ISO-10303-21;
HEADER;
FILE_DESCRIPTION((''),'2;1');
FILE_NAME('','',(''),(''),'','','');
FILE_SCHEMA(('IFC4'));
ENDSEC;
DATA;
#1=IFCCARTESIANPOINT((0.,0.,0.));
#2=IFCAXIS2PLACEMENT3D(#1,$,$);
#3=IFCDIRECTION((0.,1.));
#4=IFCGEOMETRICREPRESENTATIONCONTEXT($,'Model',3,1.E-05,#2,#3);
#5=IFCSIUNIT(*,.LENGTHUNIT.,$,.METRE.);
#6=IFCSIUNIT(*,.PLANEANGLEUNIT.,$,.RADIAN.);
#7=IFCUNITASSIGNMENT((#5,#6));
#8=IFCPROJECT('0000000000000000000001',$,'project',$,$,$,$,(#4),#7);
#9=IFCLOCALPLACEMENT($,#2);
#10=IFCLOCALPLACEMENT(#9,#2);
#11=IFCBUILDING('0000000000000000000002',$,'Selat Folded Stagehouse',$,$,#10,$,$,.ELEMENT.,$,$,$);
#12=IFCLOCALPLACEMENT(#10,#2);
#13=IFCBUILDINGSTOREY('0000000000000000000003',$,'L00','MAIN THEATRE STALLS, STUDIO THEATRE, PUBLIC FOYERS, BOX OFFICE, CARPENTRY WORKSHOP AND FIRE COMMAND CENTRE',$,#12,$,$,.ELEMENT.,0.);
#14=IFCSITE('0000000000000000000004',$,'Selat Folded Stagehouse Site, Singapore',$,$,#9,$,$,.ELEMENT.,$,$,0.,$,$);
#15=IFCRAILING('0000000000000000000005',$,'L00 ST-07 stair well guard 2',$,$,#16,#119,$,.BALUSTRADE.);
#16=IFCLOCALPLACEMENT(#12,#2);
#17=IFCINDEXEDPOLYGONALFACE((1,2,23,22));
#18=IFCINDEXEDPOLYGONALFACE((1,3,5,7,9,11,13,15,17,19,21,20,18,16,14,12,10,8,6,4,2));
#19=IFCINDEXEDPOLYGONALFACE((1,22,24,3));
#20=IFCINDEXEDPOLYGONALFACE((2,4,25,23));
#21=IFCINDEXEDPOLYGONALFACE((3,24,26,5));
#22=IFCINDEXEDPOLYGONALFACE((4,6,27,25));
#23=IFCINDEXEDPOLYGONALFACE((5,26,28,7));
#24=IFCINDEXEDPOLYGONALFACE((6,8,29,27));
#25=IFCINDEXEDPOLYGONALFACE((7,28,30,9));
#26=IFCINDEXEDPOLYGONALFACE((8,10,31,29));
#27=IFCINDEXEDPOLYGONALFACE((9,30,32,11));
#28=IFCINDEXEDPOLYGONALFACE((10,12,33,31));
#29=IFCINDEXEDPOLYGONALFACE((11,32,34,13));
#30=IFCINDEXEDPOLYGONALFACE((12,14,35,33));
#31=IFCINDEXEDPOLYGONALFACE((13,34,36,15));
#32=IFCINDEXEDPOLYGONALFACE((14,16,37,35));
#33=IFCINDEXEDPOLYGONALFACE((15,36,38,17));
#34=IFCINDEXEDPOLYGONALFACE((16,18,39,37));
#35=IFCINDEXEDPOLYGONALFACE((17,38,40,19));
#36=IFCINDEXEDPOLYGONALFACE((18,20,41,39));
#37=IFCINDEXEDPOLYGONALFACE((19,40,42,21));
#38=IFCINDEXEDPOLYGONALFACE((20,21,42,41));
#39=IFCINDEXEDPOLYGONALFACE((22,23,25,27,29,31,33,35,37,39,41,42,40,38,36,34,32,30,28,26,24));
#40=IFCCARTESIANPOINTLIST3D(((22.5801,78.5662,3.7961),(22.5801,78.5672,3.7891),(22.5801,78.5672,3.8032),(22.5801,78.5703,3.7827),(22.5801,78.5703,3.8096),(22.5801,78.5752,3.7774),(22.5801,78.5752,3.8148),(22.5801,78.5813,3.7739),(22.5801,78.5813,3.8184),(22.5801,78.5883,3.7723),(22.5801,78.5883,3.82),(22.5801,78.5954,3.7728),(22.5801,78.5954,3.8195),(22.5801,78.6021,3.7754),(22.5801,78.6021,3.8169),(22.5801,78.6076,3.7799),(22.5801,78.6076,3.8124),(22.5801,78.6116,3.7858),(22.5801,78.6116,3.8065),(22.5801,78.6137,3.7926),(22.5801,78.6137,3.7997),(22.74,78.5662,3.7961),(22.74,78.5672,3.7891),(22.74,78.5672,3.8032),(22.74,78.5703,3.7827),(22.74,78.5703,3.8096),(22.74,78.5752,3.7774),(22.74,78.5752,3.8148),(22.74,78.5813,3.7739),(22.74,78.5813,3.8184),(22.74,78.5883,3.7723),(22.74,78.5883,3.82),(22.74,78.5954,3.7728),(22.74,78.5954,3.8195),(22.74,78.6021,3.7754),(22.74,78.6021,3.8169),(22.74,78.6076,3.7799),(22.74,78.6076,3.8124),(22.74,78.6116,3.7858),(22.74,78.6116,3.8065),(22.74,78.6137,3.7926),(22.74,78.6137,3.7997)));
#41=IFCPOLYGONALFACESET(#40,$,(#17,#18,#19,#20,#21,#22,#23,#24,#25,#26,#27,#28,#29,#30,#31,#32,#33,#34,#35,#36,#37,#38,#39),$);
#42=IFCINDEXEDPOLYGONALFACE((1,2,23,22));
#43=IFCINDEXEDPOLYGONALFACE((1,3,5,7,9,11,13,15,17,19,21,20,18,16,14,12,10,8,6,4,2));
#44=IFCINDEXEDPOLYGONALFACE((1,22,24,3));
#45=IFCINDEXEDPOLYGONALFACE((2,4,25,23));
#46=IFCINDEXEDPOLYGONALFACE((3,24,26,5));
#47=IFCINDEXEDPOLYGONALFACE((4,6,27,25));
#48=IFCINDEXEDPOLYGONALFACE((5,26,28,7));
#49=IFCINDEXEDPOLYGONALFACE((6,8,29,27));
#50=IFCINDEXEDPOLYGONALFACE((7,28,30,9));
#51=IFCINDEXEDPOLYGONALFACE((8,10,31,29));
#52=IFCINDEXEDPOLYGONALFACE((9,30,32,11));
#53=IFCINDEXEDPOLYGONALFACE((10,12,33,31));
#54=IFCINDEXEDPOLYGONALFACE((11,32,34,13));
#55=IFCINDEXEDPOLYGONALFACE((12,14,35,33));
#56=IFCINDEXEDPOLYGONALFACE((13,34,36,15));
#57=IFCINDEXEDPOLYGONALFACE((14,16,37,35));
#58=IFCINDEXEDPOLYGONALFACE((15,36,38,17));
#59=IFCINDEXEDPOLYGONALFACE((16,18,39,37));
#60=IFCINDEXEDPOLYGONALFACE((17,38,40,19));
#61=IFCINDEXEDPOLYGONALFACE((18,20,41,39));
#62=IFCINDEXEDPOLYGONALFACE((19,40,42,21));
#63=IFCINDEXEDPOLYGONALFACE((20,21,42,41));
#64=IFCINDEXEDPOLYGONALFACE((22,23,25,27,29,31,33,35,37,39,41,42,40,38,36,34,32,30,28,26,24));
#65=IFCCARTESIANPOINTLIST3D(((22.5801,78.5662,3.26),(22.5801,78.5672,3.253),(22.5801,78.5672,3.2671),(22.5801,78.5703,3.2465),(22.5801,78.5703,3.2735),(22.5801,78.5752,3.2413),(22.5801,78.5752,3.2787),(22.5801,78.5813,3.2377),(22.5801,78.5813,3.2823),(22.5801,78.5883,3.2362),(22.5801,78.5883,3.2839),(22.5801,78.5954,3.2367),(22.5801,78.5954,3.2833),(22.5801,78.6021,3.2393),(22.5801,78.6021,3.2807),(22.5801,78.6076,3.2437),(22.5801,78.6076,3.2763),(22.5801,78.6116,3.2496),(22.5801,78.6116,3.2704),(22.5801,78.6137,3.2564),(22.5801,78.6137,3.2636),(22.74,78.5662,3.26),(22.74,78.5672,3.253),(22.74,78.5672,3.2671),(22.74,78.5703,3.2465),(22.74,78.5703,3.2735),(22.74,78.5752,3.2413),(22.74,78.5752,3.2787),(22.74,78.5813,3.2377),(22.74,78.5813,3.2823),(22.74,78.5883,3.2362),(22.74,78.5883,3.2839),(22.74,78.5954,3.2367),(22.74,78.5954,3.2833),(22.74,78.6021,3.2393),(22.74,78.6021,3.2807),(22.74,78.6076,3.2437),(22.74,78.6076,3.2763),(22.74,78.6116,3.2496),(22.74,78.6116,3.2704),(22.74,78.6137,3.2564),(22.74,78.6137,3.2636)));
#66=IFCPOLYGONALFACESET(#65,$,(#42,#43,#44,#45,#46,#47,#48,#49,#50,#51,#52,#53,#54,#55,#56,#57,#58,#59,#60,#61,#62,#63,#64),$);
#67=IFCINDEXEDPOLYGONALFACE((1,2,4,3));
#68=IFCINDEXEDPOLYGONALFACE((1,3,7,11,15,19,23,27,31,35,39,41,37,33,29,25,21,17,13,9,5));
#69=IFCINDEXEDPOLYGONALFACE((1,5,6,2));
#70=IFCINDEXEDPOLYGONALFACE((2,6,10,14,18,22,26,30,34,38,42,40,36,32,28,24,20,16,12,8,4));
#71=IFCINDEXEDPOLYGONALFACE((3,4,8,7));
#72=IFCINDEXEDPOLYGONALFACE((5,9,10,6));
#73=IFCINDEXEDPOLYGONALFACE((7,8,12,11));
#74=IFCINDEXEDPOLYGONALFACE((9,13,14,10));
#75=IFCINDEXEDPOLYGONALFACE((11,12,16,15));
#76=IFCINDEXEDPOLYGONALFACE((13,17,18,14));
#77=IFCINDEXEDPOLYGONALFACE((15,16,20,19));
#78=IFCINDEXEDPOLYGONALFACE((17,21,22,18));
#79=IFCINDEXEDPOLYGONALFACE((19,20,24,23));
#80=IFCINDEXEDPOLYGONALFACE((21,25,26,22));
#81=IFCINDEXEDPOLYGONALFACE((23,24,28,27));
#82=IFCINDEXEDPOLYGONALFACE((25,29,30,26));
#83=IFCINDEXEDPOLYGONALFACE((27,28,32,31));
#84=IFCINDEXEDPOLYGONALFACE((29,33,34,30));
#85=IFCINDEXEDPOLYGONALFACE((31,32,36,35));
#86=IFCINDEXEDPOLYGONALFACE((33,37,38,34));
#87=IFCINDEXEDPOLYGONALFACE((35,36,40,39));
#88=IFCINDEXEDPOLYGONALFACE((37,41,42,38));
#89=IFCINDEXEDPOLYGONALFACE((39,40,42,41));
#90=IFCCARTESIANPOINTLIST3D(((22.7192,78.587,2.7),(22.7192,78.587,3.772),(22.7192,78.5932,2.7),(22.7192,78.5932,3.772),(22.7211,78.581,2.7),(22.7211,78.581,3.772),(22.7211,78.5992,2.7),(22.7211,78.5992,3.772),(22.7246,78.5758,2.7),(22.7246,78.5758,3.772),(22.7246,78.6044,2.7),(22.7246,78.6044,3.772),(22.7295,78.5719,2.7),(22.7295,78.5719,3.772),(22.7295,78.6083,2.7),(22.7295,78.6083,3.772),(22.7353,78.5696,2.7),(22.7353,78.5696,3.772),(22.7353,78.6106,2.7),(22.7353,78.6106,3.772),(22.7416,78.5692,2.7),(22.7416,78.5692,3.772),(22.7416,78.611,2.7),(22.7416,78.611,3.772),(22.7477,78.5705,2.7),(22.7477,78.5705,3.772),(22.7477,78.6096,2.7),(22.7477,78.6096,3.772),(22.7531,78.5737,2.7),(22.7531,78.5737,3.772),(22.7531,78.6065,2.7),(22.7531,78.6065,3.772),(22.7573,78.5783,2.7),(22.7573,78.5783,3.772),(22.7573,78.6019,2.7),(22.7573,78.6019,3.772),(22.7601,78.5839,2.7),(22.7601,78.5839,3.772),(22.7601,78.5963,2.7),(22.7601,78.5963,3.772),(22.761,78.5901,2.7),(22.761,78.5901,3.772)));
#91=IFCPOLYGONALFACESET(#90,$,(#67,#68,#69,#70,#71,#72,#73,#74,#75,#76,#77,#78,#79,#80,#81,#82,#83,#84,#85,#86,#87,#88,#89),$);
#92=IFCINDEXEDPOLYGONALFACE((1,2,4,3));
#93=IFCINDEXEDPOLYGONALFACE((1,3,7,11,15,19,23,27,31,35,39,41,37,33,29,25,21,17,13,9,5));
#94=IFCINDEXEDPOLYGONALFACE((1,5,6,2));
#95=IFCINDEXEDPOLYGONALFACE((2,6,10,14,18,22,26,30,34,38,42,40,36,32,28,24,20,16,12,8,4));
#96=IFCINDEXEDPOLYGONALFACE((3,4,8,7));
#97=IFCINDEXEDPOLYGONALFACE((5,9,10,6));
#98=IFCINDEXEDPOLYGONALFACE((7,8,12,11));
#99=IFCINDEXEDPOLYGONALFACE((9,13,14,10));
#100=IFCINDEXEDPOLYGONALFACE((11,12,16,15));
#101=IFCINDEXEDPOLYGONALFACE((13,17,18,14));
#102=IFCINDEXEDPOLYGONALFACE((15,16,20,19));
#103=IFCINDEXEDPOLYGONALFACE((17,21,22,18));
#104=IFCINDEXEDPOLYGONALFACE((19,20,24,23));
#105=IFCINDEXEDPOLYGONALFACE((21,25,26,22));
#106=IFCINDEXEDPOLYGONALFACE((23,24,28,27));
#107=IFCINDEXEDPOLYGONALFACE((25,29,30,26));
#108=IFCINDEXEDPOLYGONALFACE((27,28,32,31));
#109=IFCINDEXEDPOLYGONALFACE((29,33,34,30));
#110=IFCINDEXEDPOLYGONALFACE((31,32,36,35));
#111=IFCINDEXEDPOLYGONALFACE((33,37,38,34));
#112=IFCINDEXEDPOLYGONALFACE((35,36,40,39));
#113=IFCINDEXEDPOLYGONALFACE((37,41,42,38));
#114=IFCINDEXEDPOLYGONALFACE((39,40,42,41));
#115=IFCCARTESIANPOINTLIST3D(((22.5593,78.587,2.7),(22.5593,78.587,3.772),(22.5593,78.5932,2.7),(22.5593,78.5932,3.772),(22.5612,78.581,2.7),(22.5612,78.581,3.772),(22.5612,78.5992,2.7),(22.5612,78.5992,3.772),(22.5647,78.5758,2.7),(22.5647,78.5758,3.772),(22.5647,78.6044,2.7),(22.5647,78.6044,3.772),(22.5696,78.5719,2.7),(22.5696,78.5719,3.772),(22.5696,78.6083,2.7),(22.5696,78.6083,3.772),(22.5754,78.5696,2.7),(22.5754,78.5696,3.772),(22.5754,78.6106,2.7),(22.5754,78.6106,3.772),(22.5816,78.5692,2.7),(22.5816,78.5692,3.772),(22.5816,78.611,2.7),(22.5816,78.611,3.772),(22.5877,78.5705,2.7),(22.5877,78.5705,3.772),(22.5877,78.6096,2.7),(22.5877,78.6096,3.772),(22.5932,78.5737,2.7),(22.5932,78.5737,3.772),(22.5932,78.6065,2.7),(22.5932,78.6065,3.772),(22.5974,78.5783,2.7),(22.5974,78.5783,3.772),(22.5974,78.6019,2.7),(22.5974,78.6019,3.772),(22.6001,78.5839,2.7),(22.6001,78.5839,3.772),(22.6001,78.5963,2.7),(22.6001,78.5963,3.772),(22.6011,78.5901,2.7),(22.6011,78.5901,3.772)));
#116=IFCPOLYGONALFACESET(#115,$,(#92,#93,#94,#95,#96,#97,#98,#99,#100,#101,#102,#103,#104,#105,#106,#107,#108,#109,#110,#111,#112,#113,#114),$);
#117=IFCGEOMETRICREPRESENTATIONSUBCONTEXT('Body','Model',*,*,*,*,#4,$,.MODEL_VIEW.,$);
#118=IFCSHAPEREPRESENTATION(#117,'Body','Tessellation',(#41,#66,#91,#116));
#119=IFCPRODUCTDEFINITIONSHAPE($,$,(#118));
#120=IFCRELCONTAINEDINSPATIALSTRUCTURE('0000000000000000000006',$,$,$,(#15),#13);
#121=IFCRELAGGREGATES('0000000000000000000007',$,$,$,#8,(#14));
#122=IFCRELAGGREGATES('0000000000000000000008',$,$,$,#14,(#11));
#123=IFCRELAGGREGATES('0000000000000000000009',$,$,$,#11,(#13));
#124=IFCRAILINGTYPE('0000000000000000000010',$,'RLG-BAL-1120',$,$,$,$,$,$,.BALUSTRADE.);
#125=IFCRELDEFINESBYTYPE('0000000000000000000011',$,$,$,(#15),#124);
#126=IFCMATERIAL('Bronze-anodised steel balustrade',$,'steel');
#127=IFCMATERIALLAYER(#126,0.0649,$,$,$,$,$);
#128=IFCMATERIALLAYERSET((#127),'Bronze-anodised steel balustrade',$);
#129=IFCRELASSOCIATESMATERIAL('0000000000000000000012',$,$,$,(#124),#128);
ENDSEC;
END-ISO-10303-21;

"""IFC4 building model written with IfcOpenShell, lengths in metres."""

from ifc_helpers import new_model, si_unit, direction, frame, origin, origin_2d, place, context, subcontext, project, spatial, circle, extrude, material, layer, layer_set, type_object, element, save


model = new_model("IFC4")

# Units and contexts
model_context = context("Model", 3, precision=1e-05, world=origin(), true_north=direction((0.0, 1.0)))
body_context = subcontext(model_context, "Body", "Model", "MODEL_VIEW")
ifc_project = project(units=[si_unit("LENGTHUNIT", "METRE"), si_unit("PLANEANGLEUNIT", "RADIAN")], contexts=[model_context])

# Site, building, storey
site_placement = place(None, origin())
site = spatial("IfcSite", under=ifc_project, at=site_placement, Name="Selat Folded Stagehouse Site, Singapore", CompositionType="ELEMENT", RefElevation=0.0)
building_placement = place(site_placement, origin())
building = spatial("IfcBuilding", under=site, at=building_placement, Name="Selat Folded Stagehouse", CompositionType="ELEMENT")
storey_placement = place(building_placement, origin())
storey = spatial("IfcBuildingStorey", under=building, at=storey_placement, Name="L00", Description="MAIN THEATRE STALLS, STUDIO THEATRE, PUBLIC FOYERS, BOX OFFICE, CARPENTRY WORKSHOP AND FIRE COMMAND CENTRE", CompositionType="ELEMENT", Elevation=0.0)

# Railing
ifc_material_1 = material(Name="Bronze-anodised steel balustrade", Category="steel")
ifc_layer_1 = layer(ifc_material_1, 0.0649)
ifc_layer_set_1 = layer_set([ifc_layer_1], Name="Bronze-anodised steel balustrade")
railing_type_1 = type_object("IfcRailingType", Name="RLG-BAL-1120", PredefinedType="BALUSTRADE", material=ifc_layer_set_1)
railing_1_placement = place(storey_placement, frame((22.74, 78.5901, 2.7)))
element("IfcRailing", 1, at=railing_1_placement, inside=storey, type_object=railing_type_1, Name="L00 ST-07 stair well guard 2", PredefinedType="BALUSTRADE", context=body_context, shape_type="SweptSolid", body=[
    extrude(circle(Radius=0.0239, at=origin_2d()), frame((0.0, 0.0, 1.0962), z_axis=(-1.0, 0.0, 0.0), x_axis=(0.0, -1.0, 0.0)), (0.0, 0.0, 1.0), 0.1599),
    extrude(circle(Radius=0.0239, at=origin_2d()), frame((0.0, 0.0, 0.5601), z_axis=(-1.0, 0.0, 0.0), x_axis=(0.0, -1.0, 0.0)), (0.0, 0.0, 1.0), 0.1599),
    extrude(circle(Radius=0.021, at=origin_2d()), origin(), (0.0, 0.0, 1.0), 1.072),
    extrude(circle(Radius=0.021, at=origin_2d()), frame((-0.1599, 0.0, 0.0)), (0.0, 0.0, 1.0), 1.072),
])

save(model, "model.ifc")
